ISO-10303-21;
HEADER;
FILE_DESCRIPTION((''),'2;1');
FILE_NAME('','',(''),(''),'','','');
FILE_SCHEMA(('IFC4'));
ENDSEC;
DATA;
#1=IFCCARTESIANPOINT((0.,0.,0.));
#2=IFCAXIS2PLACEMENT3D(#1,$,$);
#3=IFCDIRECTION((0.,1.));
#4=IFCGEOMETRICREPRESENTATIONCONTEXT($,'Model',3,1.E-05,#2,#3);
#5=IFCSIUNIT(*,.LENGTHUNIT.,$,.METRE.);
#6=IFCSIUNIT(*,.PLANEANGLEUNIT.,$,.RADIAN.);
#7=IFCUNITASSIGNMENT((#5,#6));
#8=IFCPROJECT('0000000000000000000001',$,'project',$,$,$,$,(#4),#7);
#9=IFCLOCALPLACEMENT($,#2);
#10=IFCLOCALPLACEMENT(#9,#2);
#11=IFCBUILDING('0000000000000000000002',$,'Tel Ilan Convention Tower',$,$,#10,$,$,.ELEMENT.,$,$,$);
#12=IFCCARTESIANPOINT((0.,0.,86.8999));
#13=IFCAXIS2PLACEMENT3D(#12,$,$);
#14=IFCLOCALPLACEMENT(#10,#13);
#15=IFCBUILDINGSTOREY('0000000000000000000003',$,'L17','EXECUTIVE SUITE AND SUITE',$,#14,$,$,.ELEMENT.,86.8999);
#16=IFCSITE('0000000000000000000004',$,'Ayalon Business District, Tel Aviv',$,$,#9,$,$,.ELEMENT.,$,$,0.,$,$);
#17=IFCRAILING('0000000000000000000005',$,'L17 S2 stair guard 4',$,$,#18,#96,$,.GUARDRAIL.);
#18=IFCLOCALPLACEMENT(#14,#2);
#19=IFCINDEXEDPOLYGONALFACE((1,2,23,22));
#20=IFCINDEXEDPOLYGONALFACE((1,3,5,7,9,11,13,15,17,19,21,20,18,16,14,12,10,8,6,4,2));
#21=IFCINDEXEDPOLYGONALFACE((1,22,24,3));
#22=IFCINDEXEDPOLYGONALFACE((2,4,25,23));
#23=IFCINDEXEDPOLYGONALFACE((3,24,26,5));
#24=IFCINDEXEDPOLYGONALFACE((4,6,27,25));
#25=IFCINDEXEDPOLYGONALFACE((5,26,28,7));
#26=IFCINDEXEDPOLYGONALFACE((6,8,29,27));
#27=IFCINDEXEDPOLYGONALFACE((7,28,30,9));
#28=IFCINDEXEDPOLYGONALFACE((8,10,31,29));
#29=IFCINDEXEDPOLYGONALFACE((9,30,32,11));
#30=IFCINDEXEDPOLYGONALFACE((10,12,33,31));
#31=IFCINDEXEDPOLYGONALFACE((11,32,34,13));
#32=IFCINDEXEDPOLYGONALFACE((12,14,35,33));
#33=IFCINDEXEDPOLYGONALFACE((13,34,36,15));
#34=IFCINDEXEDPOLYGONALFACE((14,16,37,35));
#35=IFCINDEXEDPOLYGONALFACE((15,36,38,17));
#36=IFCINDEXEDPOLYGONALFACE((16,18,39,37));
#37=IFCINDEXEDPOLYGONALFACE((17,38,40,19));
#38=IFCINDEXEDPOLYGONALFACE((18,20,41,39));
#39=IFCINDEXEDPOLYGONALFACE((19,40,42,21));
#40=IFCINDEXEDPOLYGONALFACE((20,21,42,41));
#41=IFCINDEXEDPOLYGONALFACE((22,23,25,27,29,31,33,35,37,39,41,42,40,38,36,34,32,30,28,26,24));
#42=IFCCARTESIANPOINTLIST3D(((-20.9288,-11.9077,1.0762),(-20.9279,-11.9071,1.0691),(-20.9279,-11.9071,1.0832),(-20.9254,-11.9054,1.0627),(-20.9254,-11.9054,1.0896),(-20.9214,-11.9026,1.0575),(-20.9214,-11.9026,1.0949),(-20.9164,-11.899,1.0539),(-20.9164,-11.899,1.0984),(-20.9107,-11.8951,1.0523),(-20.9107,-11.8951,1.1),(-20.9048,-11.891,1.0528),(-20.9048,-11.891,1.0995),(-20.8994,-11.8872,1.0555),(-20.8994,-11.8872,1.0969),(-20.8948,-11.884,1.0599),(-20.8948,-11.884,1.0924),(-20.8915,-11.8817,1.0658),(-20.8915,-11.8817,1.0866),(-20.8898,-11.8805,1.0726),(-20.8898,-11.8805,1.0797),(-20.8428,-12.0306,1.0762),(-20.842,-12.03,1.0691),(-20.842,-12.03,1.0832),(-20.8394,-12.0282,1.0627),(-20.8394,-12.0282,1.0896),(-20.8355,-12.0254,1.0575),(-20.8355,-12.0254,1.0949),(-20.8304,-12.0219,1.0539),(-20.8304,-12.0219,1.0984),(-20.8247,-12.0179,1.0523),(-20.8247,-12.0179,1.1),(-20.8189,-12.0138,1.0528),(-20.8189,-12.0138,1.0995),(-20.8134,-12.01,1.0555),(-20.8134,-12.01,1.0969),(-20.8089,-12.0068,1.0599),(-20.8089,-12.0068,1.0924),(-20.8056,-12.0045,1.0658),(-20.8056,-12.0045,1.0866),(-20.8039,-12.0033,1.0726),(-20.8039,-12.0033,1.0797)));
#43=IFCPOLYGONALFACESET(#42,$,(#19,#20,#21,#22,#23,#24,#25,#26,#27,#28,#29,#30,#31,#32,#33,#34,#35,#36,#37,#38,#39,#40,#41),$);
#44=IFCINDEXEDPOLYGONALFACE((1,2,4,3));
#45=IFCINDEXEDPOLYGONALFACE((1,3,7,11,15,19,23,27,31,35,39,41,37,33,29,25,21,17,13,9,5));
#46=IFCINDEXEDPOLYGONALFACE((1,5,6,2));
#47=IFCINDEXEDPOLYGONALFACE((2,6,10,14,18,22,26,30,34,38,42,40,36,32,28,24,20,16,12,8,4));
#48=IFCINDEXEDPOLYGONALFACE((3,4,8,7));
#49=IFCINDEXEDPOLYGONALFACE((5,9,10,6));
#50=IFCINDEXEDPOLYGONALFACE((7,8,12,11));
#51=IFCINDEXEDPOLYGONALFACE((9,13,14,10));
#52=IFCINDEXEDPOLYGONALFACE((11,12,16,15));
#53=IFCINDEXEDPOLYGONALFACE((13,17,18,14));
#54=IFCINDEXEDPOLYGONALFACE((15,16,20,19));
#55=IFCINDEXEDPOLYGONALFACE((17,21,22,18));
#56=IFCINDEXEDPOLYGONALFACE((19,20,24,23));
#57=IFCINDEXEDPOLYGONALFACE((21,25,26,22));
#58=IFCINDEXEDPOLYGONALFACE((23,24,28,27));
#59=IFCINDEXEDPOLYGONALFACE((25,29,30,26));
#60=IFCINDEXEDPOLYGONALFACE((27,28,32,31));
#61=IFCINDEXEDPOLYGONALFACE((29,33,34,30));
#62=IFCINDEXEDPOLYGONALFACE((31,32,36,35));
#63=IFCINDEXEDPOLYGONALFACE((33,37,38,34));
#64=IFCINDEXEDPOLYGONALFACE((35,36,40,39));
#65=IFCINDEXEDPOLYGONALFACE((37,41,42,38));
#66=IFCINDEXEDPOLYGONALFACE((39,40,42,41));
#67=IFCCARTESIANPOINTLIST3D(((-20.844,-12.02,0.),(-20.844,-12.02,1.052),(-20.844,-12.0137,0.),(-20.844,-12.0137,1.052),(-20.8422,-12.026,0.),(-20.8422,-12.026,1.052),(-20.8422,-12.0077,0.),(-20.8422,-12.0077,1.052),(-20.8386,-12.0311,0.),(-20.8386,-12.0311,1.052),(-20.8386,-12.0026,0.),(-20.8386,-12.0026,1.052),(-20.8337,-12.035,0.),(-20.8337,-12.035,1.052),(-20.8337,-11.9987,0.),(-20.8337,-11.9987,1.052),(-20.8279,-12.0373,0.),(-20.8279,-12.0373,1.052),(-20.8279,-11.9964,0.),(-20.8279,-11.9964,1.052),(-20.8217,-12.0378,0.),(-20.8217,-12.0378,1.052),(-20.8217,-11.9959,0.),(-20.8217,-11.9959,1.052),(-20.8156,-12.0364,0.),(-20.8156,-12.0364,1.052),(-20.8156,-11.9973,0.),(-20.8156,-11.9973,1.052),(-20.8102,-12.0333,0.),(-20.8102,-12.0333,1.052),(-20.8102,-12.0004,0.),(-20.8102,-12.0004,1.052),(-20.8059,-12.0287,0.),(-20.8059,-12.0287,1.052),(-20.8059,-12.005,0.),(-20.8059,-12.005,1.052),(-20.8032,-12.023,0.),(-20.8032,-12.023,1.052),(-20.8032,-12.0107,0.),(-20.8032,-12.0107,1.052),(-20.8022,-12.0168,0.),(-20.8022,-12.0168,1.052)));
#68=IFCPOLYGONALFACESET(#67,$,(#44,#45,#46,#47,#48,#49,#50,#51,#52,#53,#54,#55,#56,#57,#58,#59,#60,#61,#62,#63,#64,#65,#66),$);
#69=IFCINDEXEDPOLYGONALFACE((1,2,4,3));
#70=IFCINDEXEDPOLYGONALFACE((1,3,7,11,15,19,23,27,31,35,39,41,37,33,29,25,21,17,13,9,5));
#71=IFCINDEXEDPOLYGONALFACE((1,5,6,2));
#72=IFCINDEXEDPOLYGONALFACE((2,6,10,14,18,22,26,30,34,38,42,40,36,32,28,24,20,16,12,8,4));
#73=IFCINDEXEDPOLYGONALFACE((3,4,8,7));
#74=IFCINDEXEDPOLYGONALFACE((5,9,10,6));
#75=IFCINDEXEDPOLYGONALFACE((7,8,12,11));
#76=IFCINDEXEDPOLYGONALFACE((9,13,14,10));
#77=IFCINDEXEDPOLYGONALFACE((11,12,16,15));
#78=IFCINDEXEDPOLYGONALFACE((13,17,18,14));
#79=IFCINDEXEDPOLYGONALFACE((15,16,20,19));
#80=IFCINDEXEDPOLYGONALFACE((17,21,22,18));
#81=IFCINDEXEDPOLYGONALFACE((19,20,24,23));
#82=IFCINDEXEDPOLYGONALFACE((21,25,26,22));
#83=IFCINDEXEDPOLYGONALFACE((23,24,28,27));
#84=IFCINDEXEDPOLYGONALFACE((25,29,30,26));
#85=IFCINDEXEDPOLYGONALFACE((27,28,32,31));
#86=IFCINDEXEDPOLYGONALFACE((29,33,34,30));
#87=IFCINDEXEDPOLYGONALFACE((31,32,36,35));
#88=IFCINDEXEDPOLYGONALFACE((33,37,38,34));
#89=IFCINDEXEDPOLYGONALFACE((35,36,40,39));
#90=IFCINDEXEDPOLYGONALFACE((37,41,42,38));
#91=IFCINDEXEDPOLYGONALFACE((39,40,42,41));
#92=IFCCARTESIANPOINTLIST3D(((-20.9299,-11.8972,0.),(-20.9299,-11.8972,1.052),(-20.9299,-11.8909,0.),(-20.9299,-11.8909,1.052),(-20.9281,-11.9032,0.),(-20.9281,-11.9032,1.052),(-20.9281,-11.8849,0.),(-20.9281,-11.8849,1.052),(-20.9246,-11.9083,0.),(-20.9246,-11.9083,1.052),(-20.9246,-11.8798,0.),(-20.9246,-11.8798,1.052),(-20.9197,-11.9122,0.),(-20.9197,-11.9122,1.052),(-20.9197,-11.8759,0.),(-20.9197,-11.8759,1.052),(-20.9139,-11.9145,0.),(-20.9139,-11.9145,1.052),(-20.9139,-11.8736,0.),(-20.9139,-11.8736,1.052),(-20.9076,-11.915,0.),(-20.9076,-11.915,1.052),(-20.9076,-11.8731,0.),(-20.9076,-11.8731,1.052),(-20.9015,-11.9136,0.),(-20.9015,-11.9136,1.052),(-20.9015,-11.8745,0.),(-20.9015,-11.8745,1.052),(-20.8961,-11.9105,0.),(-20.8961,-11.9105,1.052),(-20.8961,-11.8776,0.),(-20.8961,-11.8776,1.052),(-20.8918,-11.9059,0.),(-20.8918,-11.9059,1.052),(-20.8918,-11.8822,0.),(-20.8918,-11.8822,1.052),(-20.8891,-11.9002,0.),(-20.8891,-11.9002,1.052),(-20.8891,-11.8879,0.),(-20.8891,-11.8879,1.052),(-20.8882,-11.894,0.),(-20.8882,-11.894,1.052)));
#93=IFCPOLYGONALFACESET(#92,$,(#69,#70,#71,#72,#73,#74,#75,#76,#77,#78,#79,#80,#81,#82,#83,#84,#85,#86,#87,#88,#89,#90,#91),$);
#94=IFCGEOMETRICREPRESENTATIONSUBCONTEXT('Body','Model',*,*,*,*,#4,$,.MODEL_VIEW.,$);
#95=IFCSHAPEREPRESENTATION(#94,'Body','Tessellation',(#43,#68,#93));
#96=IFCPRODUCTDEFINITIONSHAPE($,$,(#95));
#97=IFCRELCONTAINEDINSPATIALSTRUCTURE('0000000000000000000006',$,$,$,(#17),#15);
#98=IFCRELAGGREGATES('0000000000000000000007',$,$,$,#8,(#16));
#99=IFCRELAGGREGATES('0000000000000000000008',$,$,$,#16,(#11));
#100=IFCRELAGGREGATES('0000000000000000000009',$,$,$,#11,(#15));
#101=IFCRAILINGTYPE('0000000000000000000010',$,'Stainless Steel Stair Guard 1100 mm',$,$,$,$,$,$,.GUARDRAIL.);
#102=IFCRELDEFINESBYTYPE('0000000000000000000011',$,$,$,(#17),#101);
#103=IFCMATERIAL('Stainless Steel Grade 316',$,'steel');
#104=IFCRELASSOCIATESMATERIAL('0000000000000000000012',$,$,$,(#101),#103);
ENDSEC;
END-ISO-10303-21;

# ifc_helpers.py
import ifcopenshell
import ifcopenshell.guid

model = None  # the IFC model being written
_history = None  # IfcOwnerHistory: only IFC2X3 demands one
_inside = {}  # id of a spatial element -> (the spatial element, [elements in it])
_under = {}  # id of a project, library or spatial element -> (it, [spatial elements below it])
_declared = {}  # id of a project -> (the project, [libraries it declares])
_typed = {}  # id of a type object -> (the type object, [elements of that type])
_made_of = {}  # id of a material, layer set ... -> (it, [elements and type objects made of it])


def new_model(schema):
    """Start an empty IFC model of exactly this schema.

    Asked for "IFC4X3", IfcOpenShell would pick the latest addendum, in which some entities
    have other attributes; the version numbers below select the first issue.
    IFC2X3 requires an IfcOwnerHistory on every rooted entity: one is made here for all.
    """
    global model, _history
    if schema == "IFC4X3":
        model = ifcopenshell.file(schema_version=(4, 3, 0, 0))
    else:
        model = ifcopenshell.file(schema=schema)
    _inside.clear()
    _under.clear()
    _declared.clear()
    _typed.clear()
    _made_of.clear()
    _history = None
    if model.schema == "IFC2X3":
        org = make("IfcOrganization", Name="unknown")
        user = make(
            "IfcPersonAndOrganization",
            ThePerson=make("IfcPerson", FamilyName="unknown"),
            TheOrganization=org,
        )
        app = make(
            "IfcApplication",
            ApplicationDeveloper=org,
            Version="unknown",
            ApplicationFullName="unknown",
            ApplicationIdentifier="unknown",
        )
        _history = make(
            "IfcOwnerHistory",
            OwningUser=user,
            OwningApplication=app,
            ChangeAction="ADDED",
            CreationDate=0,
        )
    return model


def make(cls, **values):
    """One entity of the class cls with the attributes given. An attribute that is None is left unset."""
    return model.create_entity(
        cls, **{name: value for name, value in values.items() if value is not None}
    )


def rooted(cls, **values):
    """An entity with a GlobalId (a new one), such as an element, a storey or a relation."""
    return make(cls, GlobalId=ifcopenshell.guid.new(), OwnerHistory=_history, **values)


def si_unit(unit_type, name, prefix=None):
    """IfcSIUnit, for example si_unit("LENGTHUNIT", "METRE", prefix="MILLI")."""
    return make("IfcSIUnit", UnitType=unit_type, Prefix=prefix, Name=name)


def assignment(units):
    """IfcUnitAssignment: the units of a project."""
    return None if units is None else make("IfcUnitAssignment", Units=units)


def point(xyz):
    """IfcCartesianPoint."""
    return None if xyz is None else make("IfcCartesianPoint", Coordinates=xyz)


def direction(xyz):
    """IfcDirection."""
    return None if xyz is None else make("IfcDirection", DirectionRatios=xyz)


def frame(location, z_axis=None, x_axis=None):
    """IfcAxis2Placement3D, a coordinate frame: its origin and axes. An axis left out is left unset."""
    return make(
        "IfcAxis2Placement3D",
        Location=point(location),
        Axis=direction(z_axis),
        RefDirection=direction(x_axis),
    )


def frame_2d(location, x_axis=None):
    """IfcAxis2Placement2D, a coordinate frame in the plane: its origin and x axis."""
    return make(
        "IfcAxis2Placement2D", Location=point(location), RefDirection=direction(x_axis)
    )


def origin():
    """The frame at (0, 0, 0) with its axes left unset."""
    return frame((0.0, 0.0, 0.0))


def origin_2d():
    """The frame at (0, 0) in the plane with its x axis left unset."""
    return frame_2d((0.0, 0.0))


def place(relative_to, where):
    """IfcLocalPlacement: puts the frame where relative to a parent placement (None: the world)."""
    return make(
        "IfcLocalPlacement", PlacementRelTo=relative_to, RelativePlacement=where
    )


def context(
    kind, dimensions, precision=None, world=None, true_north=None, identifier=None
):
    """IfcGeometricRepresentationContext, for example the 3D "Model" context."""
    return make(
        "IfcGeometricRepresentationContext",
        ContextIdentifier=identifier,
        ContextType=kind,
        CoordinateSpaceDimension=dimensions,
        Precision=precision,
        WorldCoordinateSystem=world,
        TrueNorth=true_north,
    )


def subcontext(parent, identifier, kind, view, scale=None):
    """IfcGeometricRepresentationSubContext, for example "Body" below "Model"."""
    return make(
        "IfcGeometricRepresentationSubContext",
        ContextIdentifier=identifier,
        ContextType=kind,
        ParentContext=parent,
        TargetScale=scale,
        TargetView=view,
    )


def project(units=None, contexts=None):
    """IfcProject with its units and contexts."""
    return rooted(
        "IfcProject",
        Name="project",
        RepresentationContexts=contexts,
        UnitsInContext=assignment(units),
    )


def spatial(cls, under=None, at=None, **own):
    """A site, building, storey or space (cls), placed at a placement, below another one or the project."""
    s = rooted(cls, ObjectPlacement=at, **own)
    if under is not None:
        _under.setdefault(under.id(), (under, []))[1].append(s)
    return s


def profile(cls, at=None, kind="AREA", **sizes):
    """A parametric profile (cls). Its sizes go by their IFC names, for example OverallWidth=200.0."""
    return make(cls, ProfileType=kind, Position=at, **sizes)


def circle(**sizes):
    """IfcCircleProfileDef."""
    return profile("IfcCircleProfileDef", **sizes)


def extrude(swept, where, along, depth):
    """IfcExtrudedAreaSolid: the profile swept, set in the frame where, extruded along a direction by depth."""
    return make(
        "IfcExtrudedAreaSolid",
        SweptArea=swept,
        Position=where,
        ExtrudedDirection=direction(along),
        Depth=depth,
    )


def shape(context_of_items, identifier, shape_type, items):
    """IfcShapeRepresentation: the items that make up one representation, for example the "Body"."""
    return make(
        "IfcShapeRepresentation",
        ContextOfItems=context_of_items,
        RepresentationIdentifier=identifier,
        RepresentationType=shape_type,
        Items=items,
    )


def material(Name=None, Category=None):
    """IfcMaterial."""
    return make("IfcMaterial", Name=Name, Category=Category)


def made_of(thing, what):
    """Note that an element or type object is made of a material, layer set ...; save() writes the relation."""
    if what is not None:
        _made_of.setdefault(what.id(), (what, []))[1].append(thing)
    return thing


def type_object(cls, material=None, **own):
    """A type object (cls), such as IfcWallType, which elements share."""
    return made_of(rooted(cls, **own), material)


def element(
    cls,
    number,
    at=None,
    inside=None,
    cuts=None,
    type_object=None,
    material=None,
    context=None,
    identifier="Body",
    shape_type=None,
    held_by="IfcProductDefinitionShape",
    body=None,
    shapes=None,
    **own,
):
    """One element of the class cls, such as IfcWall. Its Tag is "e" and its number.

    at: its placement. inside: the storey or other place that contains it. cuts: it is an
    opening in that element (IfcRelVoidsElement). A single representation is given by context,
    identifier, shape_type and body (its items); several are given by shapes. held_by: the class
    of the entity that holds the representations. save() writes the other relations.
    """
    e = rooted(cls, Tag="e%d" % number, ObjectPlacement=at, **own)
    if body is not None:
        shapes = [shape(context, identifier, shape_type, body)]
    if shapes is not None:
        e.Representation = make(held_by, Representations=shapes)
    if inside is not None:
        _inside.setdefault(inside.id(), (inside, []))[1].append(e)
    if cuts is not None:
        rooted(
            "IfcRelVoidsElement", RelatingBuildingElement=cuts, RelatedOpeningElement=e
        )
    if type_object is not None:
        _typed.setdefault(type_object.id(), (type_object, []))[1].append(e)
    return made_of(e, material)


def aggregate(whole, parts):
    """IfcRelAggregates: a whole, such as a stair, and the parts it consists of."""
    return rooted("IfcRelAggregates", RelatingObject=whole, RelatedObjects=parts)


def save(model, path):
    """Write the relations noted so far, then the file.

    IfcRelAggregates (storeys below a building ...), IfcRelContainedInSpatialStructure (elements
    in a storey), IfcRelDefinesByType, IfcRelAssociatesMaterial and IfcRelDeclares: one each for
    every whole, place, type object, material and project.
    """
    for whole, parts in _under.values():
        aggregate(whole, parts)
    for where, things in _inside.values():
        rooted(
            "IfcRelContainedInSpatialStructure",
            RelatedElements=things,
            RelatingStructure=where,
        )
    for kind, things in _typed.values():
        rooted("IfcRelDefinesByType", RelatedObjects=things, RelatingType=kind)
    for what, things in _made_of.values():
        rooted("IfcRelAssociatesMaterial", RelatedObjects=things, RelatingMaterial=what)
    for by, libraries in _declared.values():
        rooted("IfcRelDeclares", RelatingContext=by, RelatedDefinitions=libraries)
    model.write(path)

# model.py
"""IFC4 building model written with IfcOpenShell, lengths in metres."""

from ifc_helpers import new_model, si_unit, direction, frame, origin, origin_2d, place, context, subcontext, project, spatial, circle, extrude, material, type_object, element, save


model = new_model("IFC4")

# Units and contexts
model_context = context("Model", 3, precision=1e-05, world=origin(), true_north=direction((0.0, 1.0)))
body_context = subcontext(model_context, "Body", "Model", "MODEL_VIEW")
ifc_project = project(units=[si_unit("LENGTHUNIT", "METRE"), si_unit("PLANEANGLEUNIT", "RADIAN")], contexts=[model_context])

# Site, building, storey
site_placement = place(None, origin())
site = spatial("IfcSite", under=ifc_project, at=site_placement, Name="Ayalon Business District, Tel Aviv", CompositionType="ELEMENT", RefElevation=0.0)
building_placement = place(site_placement, origin())
building = spatial("IfcBuilding", under=site, at=building_placement, Name="Tel Ilan Convention Tower", CompositionType="ELEMENT")
storey_placement = place(building_placement, frame((0.0, 0.0, 86.8999)))
storey = spatial("IfcBuildingStorey", under=building, at=storey_placement, Name="L17", Description="EXECUTIVE SUITE AND SUITE", CompositionType="ELEMENT", Elevation=86.8999)

# Railing
ifc_material_1 = material(Name="Stainless Steel Grade 316", Category="steel")
railing_type_1 = type_object("IfcRailingType", Name="Stainless Steel Stair Guard 1100 mm", PredefinedType="GUARDRAIL", material=ifc_material_1)
railing_1_placement = place(storey_placement, frame((-20.8232, -12.0168, 0.0)))
element("IfcRailing", 1, at=railing_1_placement, inside=storey, type_object=railing_type_1, Name="L17 S2 stair guard 4", PredefinedType="GUARDRAIL", context=body_context, shape_type="SweptSolid", body=[
    extrude(circle(Radius=0.0239, at=origin_2d()), frame((0.0, 0.0, 1.0762), z_axis=(-0.573353, 0.819308, 0.0), x_axis=(-0.819308, -0.573353, 0.0)), (0.0, 0.0, 1.0), 0.1499),
    extrude(circle(Radius=0.021, at=origin_2d()), origin(), (0.0, 0.0, 1.0), 1.052),
    extrude(circle(Radius=0.021, at=origin_2d()), frame((-0.0859, 0.1228, 0.0)), (0.0, 0.0, 1.0), 1.052),
])

save(model, "model.ifc")
